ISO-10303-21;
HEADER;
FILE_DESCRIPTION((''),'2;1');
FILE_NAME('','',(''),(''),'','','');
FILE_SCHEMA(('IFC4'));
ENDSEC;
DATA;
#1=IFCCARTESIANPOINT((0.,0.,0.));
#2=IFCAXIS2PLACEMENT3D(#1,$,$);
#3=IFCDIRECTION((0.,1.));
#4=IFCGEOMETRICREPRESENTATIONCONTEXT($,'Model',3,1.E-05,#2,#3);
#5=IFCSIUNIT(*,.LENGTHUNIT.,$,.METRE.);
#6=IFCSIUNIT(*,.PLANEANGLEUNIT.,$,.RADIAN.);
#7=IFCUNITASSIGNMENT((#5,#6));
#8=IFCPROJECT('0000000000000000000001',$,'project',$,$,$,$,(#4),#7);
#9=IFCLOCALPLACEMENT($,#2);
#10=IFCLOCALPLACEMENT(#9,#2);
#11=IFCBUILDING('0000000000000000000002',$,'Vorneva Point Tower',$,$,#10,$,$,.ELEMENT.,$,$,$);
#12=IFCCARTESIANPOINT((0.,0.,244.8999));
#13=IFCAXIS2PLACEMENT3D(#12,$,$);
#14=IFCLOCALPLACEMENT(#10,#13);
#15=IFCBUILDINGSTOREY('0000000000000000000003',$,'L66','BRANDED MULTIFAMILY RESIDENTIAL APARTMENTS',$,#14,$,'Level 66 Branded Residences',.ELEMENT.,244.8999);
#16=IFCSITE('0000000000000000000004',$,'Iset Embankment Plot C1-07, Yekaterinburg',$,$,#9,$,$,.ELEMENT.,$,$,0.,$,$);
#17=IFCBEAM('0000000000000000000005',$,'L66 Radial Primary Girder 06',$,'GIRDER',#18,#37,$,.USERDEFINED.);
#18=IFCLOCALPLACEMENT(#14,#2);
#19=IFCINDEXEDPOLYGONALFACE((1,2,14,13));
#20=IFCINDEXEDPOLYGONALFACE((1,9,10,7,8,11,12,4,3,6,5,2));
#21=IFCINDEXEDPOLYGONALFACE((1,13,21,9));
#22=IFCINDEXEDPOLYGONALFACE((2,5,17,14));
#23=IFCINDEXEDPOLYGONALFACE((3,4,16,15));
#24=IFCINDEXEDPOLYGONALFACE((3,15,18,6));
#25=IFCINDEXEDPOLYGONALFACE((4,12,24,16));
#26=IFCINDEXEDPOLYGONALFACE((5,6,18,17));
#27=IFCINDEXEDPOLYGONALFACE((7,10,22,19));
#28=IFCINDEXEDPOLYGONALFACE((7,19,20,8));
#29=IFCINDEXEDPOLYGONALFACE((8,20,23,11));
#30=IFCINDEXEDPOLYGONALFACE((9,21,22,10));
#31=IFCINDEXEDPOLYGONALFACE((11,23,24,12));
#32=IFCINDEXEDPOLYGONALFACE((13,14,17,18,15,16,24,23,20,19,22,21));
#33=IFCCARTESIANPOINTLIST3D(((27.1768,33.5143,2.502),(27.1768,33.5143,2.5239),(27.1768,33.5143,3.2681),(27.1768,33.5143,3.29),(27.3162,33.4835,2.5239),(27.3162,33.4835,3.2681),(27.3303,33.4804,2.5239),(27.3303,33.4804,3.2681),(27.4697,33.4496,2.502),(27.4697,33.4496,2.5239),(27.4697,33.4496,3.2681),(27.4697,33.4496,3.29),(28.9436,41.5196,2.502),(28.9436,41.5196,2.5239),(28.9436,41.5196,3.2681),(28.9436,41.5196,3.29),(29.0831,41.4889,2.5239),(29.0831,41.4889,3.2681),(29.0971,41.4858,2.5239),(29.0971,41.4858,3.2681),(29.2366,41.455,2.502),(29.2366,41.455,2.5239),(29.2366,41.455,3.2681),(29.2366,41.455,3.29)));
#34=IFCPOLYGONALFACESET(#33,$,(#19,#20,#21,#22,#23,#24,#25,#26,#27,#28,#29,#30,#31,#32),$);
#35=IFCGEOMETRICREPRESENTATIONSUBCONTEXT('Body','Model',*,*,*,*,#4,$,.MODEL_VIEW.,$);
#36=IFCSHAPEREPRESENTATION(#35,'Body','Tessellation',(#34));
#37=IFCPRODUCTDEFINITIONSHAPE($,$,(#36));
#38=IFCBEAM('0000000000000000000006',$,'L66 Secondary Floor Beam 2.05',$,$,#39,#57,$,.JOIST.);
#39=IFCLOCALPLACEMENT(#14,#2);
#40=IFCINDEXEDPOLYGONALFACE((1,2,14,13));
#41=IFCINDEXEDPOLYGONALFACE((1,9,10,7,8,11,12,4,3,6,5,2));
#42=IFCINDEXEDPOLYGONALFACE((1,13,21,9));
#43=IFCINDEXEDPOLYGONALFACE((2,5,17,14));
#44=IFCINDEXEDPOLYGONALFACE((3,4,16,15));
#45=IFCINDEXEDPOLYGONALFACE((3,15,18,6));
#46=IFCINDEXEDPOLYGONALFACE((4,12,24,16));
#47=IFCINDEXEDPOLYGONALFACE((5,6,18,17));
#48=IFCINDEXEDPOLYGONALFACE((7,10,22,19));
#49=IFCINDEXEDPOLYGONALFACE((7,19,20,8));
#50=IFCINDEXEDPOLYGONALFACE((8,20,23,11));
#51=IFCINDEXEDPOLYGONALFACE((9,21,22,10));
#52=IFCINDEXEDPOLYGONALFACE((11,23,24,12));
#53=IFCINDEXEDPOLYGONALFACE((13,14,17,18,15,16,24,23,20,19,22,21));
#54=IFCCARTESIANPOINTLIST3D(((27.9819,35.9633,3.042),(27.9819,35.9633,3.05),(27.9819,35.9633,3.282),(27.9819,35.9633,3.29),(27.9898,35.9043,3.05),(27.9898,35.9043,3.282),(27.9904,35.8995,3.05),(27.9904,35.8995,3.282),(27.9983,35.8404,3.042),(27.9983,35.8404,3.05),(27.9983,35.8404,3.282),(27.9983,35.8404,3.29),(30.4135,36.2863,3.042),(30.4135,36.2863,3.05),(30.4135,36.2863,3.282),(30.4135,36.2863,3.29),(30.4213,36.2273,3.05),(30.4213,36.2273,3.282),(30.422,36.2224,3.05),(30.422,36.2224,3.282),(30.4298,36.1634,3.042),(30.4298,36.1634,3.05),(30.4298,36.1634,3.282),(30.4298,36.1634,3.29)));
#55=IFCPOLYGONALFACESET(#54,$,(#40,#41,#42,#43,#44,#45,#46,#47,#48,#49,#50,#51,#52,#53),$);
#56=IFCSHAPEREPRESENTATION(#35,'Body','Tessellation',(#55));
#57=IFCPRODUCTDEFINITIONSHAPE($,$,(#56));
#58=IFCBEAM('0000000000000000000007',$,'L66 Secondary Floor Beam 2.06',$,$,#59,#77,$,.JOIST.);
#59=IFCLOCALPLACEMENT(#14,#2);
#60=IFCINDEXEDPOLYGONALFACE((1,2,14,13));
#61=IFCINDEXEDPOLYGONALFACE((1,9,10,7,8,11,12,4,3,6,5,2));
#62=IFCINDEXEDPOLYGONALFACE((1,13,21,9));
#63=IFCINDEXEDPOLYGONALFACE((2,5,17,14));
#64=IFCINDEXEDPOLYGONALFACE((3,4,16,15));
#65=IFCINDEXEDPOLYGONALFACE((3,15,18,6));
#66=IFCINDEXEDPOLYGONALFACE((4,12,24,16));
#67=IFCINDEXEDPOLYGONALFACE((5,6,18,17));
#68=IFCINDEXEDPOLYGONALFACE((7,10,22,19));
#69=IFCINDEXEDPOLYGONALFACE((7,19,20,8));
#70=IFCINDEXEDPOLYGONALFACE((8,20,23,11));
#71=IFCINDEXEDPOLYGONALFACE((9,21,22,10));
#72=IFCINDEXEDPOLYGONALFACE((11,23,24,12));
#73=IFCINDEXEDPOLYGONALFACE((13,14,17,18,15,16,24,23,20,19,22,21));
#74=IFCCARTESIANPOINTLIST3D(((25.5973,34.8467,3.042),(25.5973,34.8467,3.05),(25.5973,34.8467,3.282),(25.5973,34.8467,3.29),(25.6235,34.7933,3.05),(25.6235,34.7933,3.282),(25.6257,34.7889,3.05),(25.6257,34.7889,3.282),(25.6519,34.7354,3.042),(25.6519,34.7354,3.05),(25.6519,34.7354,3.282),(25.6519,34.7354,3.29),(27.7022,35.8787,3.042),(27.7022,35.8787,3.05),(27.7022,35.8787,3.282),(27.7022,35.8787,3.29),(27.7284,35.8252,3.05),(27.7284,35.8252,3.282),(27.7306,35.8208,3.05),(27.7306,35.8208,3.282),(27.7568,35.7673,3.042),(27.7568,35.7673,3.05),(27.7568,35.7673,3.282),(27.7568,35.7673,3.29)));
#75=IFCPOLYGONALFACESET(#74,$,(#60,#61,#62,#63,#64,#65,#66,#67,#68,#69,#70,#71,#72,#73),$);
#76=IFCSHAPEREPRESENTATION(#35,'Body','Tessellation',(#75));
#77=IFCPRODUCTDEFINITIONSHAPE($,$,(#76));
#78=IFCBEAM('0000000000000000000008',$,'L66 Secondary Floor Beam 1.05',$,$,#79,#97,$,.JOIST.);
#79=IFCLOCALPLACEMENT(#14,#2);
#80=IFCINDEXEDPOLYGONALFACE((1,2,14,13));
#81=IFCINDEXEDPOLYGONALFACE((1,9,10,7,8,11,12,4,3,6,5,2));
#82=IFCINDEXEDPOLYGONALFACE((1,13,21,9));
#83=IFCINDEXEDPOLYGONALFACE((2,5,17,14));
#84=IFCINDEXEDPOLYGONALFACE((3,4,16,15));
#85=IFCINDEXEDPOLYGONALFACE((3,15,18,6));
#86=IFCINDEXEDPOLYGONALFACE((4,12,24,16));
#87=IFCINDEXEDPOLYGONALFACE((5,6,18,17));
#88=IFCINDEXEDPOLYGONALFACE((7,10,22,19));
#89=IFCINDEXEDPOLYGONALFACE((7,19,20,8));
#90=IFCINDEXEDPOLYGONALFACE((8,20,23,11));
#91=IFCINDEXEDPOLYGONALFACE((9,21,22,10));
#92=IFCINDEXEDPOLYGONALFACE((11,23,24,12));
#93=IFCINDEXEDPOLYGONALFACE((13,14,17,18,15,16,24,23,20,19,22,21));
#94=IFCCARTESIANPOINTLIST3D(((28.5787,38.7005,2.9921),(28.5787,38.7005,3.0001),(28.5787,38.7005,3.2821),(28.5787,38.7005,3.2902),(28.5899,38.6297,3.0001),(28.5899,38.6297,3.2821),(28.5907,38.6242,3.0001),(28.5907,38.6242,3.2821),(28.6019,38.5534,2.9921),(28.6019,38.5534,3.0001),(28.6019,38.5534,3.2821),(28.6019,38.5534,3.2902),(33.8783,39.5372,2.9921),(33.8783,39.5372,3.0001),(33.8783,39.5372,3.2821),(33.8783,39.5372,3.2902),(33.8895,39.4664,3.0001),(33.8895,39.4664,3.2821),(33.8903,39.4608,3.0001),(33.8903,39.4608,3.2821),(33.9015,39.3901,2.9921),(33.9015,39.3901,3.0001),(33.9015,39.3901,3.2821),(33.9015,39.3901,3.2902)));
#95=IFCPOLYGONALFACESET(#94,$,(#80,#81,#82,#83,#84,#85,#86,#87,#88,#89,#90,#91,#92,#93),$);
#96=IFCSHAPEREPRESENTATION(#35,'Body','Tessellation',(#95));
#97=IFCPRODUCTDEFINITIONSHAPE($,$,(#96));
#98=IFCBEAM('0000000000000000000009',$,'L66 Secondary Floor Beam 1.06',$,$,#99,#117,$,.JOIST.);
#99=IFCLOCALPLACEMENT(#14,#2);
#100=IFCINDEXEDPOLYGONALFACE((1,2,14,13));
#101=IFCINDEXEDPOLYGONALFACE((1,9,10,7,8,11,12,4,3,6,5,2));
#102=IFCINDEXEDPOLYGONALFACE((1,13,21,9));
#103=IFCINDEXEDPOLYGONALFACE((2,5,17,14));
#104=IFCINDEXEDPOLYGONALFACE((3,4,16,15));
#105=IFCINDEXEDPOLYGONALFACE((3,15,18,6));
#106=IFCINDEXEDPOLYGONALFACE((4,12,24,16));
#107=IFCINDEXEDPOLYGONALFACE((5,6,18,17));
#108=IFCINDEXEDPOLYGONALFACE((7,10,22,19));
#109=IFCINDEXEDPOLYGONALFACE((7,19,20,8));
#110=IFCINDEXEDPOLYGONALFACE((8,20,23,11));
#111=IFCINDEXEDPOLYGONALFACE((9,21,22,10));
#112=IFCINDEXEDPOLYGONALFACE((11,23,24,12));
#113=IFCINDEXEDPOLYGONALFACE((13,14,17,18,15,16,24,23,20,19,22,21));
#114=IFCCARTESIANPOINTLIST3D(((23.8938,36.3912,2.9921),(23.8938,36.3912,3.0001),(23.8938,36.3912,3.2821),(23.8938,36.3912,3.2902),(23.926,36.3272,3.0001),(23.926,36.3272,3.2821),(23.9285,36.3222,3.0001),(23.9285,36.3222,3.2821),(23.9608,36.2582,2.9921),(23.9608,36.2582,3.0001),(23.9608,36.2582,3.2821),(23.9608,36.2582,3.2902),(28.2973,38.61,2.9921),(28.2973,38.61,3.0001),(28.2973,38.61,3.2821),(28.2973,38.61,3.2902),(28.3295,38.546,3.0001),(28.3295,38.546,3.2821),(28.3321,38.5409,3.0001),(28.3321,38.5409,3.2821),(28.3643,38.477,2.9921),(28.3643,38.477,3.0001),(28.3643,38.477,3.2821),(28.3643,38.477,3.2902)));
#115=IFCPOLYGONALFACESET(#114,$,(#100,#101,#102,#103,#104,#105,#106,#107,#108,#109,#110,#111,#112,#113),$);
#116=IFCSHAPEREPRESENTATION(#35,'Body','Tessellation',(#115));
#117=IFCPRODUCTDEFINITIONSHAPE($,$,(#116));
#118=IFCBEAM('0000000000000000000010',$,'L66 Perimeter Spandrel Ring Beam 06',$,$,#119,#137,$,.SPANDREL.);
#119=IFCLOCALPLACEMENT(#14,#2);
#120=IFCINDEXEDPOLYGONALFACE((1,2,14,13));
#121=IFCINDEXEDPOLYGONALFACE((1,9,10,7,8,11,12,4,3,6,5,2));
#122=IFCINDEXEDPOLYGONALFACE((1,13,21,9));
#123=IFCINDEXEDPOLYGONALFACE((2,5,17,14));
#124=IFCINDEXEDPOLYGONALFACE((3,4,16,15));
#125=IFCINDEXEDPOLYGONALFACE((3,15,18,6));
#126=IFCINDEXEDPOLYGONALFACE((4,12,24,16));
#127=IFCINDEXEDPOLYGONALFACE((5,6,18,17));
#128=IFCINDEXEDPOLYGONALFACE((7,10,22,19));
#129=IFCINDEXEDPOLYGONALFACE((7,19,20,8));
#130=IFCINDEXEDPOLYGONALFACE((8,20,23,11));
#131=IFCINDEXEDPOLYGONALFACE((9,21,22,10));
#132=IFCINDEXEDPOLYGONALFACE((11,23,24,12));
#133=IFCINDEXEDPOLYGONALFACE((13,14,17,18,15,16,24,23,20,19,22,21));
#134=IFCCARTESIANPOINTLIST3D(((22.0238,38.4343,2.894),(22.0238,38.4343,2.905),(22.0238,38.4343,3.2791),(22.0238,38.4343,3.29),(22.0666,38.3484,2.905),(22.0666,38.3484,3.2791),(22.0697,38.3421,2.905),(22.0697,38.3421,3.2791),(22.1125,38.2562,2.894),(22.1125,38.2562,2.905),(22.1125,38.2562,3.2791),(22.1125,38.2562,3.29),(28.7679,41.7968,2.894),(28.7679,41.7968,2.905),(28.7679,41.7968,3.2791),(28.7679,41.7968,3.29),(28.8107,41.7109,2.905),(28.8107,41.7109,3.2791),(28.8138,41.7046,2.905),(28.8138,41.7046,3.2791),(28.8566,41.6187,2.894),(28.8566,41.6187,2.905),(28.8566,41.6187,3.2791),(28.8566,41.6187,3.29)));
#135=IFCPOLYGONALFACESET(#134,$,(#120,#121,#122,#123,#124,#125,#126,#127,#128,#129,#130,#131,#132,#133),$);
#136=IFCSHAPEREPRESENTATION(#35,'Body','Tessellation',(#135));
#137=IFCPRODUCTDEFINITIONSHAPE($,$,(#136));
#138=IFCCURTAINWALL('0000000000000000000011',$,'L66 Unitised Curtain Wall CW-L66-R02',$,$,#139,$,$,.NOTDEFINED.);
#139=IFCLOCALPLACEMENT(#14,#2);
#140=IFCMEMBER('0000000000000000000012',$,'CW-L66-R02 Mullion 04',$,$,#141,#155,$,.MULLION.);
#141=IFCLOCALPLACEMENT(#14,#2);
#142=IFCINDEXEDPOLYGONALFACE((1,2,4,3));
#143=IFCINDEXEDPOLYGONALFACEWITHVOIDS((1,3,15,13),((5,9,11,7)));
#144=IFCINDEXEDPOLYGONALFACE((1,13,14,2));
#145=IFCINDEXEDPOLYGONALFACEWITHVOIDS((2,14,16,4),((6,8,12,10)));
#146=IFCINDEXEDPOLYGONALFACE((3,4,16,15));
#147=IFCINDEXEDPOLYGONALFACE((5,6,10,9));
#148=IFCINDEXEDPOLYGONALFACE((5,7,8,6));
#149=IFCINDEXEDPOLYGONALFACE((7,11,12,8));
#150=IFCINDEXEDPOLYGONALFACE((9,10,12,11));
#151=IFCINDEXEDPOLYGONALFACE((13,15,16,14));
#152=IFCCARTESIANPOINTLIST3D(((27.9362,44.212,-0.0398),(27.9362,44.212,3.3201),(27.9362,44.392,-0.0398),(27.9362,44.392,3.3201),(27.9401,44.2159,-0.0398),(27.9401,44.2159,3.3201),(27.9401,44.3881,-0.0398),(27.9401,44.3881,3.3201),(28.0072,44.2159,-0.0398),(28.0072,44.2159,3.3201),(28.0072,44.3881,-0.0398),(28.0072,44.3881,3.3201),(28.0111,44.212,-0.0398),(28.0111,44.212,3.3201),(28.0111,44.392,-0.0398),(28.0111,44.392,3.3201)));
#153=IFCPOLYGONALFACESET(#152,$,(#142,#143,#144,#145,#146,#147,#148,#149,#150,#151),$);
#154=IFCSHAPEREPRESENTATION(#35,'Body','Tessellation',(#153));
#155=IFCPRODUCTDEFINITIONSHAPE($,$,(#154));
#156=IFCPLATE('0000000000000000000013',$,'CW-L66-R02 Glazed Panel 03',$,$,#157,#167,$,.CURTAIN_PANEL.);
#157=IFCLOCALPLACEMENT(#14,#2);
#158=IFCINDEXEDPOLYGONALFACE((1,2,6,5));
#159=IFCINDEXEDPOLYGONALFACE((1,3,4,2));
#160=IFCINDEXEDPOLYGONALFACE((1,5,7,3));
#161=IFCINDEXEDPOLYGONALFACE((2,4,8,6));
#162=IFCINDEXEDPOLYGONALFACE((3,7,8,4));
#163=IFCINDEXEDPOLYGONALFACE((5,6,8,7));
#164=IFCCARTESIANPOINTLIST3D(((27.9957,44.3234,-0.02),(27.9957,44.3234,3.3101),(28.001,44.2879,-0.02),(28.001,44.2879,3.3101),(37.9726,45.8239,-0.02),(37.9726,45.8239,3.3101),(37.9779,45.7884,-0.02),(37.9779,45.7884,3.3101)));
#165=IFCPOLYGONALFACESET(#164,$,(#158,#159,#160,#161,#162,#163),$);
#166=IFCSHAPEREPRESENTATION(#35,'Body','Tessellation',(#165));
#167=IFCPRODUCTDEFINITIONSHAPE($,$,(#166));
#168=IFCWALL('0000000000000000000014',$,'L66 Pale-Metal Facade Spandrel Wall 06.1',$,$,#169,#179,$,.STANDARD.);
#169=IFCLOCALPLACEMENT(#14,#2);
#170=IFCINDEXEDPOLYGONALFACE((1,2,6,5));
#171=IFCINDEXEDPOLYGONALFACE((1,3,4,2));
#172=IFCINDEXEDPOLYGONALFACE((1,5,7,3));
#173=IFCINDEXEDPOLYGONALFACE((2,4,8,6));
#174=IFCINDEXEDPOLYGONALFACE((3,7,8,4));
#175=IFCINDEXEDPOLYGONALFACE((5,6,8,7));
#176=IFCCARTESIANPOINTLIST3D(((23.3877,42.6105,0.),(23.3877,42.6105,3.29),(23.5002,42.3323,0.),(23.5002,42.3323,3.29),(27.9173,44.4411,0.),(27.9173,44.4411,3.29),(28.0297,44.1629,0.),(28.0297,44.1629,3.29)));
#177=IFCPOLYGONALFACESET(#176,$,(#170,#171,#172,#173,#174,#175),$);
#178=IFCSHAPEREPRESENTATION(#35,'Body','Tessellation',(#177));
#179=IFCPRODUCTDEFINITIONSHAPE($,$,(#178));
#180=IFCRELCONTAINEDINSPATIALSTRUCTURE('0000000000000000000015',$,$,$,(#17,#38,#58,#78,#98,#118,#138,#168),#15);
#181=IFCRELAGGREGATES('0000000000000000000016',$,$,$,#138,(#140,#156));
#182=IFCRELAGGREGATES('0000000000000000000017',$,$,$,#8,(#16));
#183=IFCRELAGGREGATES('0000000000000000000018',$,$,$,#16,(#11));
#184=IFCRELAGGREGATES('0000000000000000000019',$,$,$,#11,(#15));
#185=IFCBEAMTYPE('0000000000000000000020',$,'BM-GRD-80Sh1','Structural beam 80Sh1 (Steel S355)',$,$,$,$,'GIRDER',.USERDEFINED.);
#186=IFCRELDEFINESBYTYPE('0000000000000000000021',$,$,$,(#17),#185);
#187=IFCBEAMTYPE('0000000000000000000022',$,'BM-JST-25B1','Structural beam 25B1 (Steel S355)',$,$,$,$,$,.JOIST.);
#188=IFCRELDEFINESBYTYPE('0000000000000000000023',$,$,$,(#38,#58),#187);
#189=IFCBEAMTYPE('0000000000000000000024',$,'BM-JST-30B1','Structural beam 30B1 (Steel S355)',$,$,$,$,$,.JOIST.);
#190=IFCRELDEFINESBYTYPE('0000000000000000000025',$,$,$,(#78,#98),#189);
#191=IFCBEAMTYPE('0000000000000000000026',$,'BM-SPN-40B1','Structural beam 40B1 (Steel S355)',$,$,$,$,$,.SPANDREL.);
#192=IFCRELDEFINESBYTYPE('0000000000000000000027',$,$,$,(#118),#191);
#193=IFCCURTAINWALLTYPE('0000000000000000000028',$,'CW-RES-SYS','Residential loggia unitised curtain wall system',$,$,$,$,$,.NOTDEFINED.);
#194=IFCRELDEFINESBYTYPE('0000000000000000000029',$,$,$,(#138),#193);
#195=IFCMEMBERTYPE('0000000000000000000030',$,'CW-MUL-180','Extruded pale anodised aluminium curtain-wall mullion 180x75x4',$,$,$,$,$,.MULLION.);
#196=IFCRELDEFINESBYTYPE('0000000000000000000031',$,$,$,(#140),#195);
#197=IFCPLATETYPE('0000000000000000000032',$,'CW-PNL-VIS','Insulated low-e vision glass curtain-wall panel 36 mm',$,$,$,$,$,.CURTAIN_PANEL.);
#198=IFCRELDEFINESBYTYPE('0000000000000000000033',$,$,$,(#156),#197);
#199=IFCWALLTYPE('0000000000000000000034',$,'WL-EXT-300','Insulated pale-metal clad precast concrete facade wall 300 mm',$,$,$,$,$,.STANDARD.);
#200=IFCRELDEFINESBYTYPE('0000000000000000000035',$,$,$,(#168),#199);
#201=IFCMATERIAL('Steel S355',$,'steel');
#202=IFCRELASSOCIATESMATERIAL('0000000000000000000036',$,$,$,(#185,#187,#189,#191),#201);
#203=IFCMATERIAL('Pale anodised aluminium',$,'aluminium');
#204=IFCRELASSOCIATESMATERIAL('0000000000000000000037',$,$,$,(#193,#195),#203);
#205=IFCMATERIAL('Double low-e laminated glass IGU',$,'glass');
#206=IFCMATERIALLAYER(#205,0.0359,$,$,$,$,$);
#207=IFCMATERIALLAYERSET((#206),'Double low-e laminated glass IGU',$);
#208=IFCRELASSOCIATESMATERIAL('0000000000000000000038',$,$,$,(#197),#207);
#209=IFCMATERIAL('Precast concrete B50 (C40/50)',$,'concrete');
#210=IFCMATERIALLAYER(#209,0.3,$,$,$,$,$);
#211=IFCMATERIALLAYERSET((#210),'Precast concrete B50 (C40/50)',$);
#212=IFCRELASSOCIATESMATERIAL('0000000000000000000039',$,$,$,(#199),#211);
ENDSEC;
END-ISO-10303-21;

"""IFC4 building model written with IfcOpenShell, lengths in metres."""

from ifc_helpers import new_model, si_unit, direction, frame, frame_2d, origin, origin_2d, place, context, subcontext, project, spatial, rectangle, hollow_rectangle, i_section, extrude, material, layer, layer_set, material_profile, profile_set, type_object, element, aggregate, save


model = new_model("IFC4")

# Units and contexts
model_context = context("Model", 3, precision=1e-05, world=origin(), true_north=direction((0.0, 1.0)))
body_context = subcontext(model_context, "Body", "Model", "MODEL_VIEW")
ifc_project = project(units=[si_unit("LENGTHUNIT", "METRE"), si_unit("PLANEANGLEUNIT", "RADIAN")], contexts=[model_context])

# Site, building, storey
site_placement = place(None, origin())
site = spatial("IfcSite", under=ifc_project, at=site_placement, Name="Iset Embankment Plot C1-07, Yekaterinburg", CompositionType="ELEMENT", RefElevation=0.0)
building_placement = place(site_placement, origin())
building = spatial("IfcBuilding", under=site, at=building_placement, Name="Vorneva Point Tower", CompositionType="ELEMENT")
storey_placement = place(building_placement, frame((0.0, 0.0, 244.8999)))
storey = spatial("IfcBuildingStorey", under=building, at=storey_placement, Name="L66", Description="BRANDED MULTIFAMILY RESIDENTIAL APARTMENTS", LongName="Level 66 Branded Residences", CompositionType="ELEMENT", Elevation=244.8999)

# Beams
ifc_material_1 = material(Name="Steel S355", Category="steel")
ifc_material_profile_1 = material_profile(ifc_material_1, i_section(OverallWidth=0.3, OverallDepth=0.7881, WebThickness=0.0144, FlangeThickness=0.022, at=origin_2d()), Name="80Sh1")
ifc_profile_set_1 = profile_set([ifc_material_profile_1], Name="Steel S355")
beam_type_1 = type_object("IfcBeamType", Name="BM-GRD-80Sh1", Description="Structural beam 80Sh1 (Steel S355)", ElementType="GIRDER", PredefinedType="USERDEFINED", material=ifc_profile_set_1)
beam_1_placement = place(storey_placement, frame((29.0901, 41.4873, 2.896), z_axis=(-0.215521, -0.976499, 0.0), x_axis=(0.976499, -0.215521, 0.0)))
element("IfcBeam", 1, at=beam_1_placement, inside=storey, type_object=beam_type_1, Name="L66 Radial Primary Girder 06", ObjectType="GIRDER", PredefinedType="USERDEFINED", context=body_context, shape_type="SweptSolid", body=[
    extrude(i_section(OverallWidth=0.3, OverallDepth=0.7881, WebThickness=0.0144, FlangeThickness=0.022, at=origin_2d()), origin(), (0.0, 0.0, 1.0), 8.198),
])
ifc_material_profile_2 = material_profile(ifc_material_1, i_section(OverallWidth=0.124, OverallDepth=0.248, WebThickness=0.0049, FlangeThickness=0.0081, at=origin_2d()), Name="25B1")
ifc_profile_set_2 = profile_set([ifc_material_profile_2], Name="Steel S355")
beam_type_2 = type_object("IfcBeamType", Name="BM-JST-25B1", Description="Structural beam 25B1 (Steel S355)", PredefinedType="JOIST", material=ifc_profile_set_2)
beam_2_placement = place(storey_placement, frame((30.4216, 36.2249, 3.166), z_axis=(-0.991293, -0.131675, 0.0), x_axis=(0.131675, -0.991293, 0.0)))
element("IfcBeam", 2, at=beam_2_placement, inside=storey, type_object=beam_type_2, Name="L66 Secondary Floor Beam 2.05", PredefinedType="JOIST", context=body_context, shape_type="SweptSolid", body=[
    extrude(i_section(OverallWidth=0.124, OverallDepth=0.248, WebThickness=0.0049, FlangeThickness=0.0081, at=origin_2d()), origin(), (0.0, 0.0, 1.0), 2.4529),
])
beam_3_placement = place(storey_placement, frame((27.7295, 35.823, 3.166), z_axis=(-0.897899, -0.440202, 0.0), x_axis=(0.440202, -0.897899, 0.0)))
element("IfcBeam", 3, at=beam_3_placement, inside=storey, type_object=beam_type_2, Name="L66 Secondary Floor Beam 2.06", PredefinedType="JOIST", context=body_context, shape_type="SweptSolid", body=[
    extrude(i_section(OverallWidth=0.124, OverallDepth=0.248, WebThickness=0.0049, FlangeThickness=0.0081, at=origin_2d()), origin(), (0.0, 0.0, 1.0), 2.3442),
])
ifc_material_profile_3 = material_profile(ifc_material_1, i_section(OverallWidth=0.1489, OverallDepth=0.2981, WebThickness=0.0056, FlangeThickness=0.0081, at=origin_2d()), Name="30B1")
ifc_profile_set_3 = profile_set([ifc_material_profile_3], Name="Steel S355")
beam_type_3 = type_object("IfcBeamType", Name="BM-JST-30B1", Description="Structural beam 30B1 (Steel S355)", PredefinedType="JOIST", material=ifc_profile_set_3)
beam_4_placement = place(storey_placement, frame((33.8899, 39.4636, 3.1411), z_axis=(-0.987766, -0.155944, 0.0), x_axis=(0.155944, -0.987766, 0.0)))
element("IfcBeam", 4, at=beam_4_placement, inside=storey, type_object=beam_type_3, Name="L66 Secondary Floor Beam 1.05", PredefinedType="JOIST", context=body_context, shape_type="SweptSolid", body=[
    extrude(i_section(OverallWidth=0.1489, OverallDepth=0.2981, WebThickness=0.0056, FlangeThickness=0.0081, at=origin_2d()), origin(), (0.0, 0.0, 1.0), 5.3652),
])
beam_5_placement = place(storey_placement, frame((28.3308, 38.5435, 3.1411), z_axis=(-0.893047, -0.449964, 0.0), x_axis=(0.449964, -0.893047, 0.0)))
element("IfcBeam", 5, at=beam_5_placement, inside=storey, type_object=beam_type_3, Name="L66 Secondary Floor Beam 1.06", PredefinedType="JOIST", context=body_context, shape_type="SweptSolid", body=[
    extrude(i_section(OverallWidth=0.1489, OverallDepth=0.2981, WebThickness=0.0056, FlangeThickness=0.0081, at=origin_2d()), origin(), (0.0, 0.0, 1.0), 4.9309),
])
ifc_material_profile_4 = material_profile(ifc_material_1, i_section(OverallWidth=0.199, OverallDepth=0.396, WebThickness=0.0071, FlangeThickness=0.011, at=origin_2d()), Name="40B1")
ifc_profile_set_4 = profile_set([ifc_material_profile_4], Name="Steel S355")
beam_type_4 = type_object("IfcBeamType", Name="BM-SPN-40B1", Description="Structural beam 40B1 (Steel S355)", PredefinedType="SPANDREL", material=ifc_profile_set_4)
beam_6_placement = place(storey_placement, frame((28.8123, 41.7078, 3.092), z_axis=(-0.894932, -0.446203, 0.0), x_axis=(0.446203, -0.894932, 0.0)))
element("IfcBeam", 6, at=beam_6_placement, inside=storey, type_object=beam_type_4, Name="L66 Perimeter Spandrel Ring Beam 06", PredefinedType="SPANDREL", context=body_context, shape_type="SweptSolid", body=[
    extrude(i_section(OverallWidth=0.199, OverallDepth=0.396, WebThickness=0.0071, FlangeThickness=0.011, at=origin_2d()), origin(), (0.0, 0.0, 1.0), 7.5359),
])

# Curtain wall, member, plate
ifc_material_2 = material(Name="Pale anodised aluminium", Category="aluminium")
curtain_wall_type = type_object("IfcCurtainWallType", Name="CW-RES-SYS", Description="Residential loggia unitised curtain wall system", PredefinedType="NOTDEFINED", material=ifc_material_2)
curtain_wall_placement = place(storey_placement, origin())
curtain_wall = element("IfcCurtainWall", 7, at=curtain_wall_placement, inside=storey, type_object=curtain_wall_type, Name="L66 Unitised Curtain Wall CW-L66-R02", PredefinedType="NOTDEFINED")
ifc_material_profile_5 = material_profile(ifc_material_2, hollow_rectangle(XDim=0.075, YDim=0.1799, WallThickness=0.0039, at=origin_2d()), Name="AL-MUL 180x75x4")
ifc_profile_set_5 = profile_set([ifc_material_profile_5], Name="Pale anodised aluminium")
member_type = type_object("IfcMemberType", Name="CW-MUL-180", Description="Extruded pale anodised aluminium curtain-wall mullion 180x75x4", PredefinedType="MULLION", material=ifc_profile_set_5)
member_placement = place(storey_placement, frame((27.9736, 44.302, -0.0398), z_axis=(0.0, 0.0, 1.0), x_axis=(1.0, 0.0, 0.0)))
member = element("IfcMember", 8, at=member_placement, type_object=member_type, Name="CW-L66-R02 Mullion 04", PredefinedType="MULLION", context=body_context, shape_type="SweptSolid", body=[
    extrude(hollow_rectangle(XDim=0.075, YDim=0.1799, WallThickness=0.0039, at=origin_2d()), origin(), (0.0, 0.0, 1.0), 3.3599),
])
ifc_material_3 = material(Name="Double low-e laminated glass IGU", Category="glass")
ifc_layer_1 = layer(ifc_material_3, 0.0359)
ifc_layer_set_1 = layer_set([ifc_layer_1], Name="Double low-e laminated glass IGU")
plate_type = type_object("IfcPlateType", Name="CW-PNL-VIS", Description="Insulated low-e vision glass curtain-wall panel 36 mm", PredefinedType="CURTAIN_PANEL", material=ifc_layer_set_1)
plate_placement = place(storey_placement, frame((32.9868, 45.0559, -0.02), z_axis=(0.0, 0.0, 1.0), x_axis=(-0.988879, -0.148724, 0.0)))
plate = element("IfcPlate", 9, at=plate_placement, type_object=plate_type, Name="CW-L66-R02 Glazed Panel 03", PredefinedType="CURTAIN_PANEL", context=body_context, shape_type="SweptSolid", body=[
    extrude(rectangle(XDim=10.0891, YDim=0.0359, at=origin_2d()), origin(), (0.0, 0.0, 1.0), 3.3301),
])
aggregate(curtain_wall, [member, plate])

# Wall
ifc_material_4 = material(Name="Precast concrete B50 (C40/50)", Category="concrete")
ifc_layer_2 = layer(ifc_material_4, 0.3)
ifc_layer_set_2 = layer_set([ifc_layer_2], Name="Precast concrete B50 (C40/50)")
wall_type_1 = type_object("IfcWallType", Name="WL-EXT-300", Description="Insulated pale-metal clad precast concrete facade wall 300 mm", PredefinedType="STANDARD", material=ifc_layer_set_2)
wall_1_placement = place(storey_placement, frame((27.9736, 44.302, 0.0), z_axis=(0.0, 0.0, 1.0), x_axis=(-0.927147, -0.374697, 0.0)))
element("IfcWall", 10, at=wall_1_placement, inside=storey, type_object=wall_type_1, Name="L66 Pale-Metal Facade Spandrel Wall 06.1", PredefinedType="STANDARD", context=body_context, shape_type="SweptSolid", body=[
    extrude(rectangle(XDim=4.8855, YDim=0.3, at=frame_2d((2.4429, 0.0))), origin(), (0.0, 0.0, 1.0), 3.29),
])

save(model, "model.ifc")
